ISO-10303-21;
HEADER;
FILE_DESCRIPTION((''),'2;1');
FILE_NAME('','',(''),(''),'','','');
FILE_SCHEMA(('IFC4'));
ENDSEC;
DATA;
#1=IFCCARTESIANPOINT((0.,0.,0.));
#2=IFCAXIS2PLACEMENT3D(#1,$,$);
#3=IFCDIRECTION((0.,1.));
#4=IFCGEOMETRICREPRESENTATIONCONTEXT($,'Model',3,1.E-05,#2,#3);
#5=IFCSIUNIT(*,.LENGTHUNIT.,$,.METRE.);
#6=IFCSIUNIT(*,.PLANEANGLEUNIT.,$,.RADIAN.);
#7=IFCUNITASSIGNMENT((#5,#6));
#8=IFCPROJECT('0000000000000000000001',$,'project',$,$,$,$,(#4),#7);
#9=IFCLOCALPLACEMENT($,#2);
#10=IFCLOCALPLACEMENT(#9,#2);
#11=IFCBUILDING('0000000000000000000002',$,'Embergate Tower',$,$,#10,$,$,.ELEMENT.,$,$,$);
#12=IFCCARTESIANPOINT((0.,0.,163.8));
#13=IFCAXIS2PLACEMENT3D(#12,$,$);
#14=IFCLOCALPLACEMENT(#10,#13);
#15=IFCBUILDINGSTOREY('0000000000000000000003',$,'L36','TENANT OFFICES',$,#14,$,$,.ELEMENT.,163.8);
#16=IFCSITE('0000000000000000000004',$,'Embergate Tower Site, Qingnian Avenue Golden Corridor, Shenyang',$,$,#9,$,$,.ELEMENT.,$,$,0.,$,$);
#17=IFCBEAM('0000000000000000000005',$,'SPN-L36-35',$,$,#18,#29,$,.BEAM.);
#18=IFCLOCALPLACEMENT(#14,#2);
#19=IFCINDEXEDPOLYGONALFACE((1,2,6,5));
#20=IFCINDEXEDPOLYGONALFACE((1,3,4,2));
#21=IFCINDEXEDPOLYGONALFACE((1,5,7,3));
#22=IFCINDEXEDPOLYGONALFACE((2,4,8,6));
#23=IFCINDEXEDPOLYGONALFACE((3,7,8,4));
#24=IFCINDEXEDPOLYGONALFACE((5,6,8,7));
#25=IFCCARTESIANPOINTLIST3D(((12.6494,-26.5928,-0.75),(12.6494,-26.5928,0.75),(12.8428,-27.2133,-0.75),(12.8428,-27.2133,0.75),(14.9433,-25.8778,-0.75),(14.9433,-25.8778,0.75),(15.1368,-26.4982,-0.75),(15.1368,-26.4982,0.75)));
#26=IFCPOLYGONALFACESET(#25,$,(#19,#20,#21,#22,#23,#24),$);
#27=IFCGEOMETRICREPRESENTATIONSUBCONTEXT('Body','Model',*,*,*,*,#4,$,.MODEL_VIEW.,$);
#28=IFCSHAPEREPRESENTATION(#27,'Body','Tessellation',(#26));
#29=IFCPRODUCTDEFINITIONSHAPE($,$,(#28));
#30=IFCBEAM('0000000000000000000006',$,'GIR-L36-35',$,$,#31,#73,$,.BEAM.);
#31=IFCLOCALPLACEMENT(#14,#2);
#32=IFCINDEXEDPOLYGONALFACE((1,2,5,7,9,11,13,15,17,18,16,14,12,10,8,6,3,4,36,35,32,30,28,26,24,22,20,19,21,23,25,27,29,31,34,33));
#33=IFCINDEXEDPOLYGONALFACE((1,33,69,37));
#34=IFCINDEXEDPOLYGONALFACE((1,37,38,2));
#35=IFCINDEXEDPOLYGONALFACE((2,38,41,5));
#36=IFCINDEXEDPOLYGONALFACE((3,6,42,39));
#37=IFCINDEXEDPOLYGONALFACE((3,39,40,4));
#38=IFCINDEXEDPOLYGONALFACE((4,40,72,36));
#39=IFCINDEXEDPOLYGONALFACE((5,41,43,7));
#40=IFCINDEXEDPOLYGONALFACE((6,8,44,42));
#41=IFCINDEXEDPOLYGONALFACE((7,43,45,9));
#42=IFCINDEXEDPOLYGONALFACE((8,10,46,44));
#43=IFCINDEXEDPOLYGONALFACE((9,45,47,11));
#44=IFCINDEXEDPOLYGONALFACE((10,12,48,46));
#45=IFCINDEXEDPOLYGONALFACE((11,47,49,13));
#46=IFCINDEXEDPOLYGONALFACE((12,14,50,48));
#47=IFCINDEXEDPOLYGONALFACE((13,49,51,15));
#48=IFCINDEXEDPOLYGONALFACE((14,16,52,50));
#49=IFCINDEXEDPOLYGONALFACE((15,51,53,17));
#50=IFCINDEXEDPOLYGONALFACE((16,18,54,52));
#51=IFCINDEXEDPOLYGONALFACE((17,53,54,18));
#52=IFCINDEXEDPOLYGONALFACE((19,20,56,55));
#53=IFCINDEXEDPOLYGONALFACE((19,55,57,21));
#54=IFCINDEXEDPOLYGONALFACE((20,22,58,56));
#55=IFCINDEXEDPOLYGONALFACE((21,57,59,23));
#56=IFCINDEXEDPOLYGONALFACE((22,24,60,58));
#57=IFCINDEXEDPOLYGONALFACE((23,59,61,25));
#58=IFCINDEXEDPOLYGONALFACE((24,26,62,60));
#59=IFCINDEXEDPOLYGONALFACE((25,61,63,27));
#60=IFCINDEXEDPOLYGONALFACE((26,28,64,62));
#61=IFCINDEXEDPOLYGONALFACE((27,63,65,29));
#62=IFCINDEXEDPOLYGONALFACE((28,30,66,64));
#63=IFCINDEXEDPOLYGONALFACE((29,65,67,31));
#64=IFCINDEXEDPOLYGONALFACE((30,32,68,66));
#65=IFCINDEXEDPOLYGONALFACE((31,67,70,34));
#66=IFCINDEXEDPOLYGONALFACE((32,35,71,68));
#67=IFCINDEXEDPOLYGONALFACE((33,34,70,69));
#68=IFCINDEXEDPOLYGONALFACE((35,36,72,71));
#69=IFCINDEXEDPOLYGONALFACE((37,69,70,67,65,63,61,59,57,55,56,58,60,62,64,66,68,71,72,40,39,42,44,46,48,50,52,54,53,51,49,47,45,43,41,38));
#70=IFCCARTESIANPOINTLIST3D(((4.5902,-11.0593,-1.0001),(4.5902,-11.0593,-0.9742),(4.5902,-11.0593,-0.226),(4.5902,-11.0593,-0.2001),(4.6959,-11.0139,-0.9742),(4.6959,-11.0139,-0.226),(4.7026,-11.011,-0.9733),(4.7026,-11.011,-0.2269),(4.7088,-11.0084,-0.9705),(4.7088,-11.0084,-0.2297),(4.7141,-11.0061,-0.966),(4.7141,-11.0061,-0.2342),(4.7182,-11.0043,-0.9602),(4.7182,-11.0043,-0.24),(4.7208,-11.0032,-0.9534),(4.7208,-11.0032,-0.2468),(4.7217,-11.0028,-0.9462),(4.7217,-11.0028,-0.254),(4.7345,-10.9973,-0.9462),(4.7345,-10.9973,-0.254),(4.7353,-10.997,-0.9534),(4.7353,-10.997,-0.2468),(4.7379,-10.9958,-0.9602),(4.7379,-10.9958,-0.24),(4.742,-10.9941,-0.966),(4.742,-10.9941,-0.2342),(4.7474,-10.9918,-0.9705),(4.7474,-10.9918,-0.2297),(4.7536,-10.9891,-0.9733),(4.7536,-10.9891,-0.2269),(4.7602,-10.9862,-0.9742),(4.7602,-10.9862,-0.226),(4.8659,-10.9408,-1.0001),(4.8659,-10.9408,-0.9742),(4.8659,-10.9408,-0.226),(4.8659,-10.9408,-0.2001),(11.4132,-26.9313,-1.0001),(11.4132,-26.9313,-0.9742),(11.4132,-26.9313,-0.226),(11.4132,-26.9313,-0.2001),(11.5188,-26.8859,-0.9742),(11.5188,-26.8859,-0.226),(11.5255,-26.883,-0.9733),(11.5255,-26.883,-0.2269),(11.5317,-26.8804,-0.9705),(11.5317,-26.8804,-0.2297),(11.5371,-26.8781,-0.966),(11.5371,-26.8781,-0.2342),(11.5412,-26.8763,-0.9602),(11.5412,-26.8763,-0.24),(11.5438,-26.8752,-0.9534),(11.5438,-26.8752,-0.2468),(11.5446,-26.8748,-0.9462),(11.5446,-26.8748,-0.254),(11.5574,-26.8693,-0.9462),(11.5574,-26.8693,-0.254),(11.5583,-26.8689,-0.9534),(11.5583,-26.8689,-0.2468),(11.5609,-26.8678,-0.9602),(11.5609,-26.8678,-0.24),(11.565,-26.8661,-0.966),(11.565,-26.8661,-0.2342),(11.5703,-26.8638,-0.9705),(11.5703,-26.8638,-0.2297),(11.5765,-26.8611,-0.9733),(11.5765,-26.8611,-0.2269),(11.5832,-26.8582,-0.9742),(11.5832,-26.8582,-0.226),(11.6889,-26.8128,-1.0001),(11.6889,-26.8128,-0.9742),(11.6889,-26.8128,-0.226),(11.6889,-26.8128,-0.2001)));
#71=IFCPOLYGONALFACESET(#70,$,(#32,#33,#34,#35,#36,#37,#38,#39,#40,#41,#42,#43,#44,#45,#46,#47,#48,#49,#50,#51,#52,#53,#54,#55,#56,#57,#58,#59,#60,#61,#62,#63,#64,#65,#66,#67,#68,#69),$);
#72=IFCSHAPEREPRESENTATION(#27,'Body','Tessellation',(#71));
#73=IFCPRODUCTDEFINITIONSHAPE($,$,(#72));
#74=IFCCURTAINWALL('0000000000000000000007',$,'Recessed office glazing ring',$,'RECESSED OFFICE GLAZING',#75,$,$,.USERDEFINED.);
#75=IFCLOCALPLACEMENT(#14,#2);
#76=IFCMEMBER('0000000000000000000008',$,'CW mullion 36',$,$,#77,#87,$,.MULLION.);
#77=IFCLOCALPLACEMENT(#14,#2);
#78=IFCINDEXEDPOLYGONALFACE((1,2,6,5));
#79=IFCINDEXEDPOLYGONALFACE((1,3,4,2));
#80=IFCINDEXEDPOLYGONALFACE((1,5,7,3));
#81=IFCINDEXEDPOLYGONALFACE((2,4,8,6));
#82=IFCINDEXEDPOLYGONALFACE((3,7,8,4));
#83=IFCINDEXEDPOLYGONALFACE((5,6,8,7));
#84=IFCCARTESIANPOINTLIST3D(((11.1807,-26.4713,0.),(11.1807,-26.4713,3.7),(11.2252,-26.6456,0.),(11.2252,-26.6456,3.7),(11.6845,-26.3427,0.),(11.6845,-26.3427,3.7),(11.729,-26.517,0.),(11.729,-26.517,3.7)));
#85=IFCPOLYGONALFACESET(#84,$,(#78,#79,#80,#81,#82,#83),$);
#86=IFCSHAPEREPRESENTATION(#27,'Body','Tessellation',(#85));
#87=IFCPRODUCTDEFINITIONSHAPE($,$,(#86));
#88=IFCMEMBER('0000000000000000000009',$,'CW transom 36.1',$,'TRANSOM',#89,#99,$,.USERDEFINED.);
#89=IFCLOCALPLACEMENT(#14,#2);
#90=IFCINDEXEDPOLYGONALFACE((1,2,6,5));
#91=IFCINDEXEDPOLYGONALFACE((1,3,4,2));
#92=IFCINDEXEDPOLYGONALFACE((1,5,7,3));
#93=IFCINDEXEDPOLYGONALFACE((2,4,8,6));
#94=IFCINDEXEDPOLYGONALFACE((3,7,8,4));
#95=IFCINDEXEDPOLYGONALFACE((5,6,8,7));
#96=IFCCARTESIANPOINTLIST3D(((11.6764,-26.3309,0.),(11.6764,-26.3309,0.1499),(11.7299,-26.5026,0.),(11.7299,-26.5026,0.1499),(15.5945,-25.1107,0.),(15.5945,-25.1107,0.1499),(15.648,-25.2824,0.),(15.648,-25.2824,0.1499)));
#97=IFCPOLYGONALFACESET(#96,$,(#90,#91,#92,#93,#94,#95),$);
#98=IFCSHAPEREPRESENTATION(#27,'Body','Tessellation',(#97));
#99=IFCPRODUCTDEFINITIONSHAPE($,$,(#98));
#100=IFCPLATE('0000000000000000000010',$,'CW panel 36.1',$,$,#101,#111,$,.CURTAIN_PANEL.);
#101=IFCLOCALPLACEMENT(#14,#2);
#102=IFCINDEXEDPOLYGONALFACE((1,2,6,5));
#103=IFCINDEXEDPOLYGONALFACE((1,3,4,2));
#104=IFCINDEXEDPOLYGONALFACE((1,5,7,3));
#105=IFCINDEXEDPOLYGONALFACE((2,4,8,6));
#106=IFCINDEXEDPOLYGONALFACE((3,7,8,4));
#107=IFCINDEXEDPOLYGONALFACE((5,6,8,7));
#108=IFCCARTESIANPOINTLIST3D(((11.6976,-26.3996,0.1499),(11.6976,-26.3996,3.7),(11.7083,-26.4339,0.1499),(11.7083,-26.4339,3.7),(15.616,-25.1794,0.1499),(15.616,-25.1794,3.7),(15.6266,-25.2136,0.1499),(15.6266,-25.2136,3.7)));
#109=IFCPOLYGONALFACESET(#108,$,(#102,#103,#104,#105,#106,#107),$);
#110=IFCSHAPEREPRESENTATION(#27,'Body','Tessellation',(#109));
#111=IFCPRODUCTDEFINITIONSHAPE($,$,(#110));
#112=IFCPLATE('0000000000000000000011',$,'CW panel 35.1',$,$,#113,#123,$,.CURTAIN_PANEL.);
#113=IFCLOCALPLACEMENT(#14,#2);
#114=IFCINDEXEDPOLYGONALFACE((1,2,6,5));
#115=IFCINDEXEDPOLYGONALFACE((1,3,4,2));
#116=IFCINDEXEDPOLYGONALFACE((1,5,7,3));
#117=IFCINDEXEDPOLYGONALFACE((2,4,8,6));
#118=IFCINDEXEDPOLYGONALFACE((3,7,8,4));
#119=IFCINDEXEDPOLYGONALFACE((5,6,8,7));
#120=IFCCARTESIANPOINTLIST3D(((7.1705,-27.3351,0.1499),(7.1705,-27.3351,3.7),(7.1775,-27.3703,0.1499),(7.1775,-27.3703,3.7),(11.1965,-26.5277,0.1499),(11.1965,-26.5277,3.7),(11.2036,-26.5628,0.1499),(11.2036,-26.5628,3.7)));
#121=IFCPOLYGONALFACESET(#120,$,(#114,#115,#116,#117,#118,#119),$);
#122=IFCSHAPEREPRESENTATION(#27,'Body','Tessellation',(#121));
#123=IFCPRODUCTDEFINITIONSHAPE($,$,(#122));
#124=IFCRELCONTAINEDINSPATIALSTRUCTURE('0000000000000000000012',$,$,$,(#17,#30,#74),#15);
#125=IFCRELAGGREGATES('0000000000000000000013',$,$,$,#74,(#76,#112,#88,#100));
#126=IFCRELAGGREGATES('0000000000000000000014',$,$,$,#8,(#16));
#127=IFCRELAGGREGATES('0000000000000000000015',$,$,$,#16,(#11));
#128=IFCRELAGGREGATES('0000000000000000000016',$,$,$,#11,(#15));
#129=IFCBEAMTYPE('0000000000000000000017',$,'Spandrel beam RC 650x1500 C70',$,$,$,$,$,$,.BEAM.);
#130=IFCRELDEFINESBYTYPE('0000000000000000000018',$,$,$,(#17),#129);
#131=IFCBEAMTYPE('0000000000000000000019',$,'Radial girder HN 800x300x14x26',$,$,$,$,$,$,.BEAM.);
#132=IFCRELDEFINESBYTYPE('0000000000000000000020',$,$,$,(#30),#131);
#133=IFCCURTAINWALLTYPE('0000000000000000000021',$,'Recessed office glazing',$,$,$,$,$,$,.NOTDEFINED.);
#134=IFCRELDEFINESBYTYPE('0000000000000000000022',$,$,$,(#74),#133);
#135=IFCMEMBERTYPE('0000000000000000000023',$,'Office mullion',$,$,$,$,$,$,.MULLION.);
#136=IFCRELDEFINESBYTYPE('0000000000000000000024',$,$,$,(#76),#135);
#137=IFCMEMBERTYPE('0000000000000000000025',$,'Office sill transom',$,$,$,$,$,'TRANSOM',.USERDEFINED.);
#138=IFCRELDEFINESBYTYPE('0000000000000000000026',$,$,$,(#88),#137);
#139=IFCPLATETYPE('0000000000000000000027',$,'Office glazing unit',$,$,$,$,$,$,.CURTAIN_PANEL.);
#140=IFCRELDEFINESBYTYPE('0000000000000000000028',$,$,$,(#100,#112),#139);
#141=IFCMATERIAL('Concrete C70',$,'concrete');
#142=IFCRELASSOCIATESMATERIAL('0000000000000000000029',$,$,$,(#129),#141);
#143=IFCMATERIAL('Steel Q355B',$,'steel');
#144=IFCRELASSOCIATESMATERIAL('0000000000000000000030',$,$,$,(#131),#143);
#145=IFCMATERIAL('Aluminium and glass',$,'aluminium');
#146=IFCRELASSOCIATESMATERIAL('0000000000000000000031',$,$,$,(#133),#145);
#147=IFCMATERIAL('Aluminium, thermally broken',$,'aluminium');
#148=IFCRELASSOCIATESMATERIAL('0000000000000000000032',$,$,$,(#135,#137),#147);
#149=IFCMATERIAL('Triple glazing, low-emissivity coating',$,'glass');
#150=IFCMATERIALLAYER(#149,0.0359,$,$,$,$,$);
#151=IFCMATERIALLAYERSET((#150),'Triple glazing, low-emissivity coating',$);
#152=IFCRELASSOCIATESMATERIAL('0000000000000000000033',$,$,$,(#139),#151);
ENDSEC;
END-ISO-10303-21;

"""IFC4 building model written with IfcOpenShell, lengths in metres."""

from ifc_helpers import new_model, si_unit, direction, frame, origin, origin_2d, place, context, subcontext, project, spatial, rectangle, i_section, extrude, source, transform, mapped, material, layer, layer_set, material_profile, profile_set, type_object, element, aggregate, save


model = new_model("IFC4")

# Units and contexts
model_context = context("Model", 3, precision=1e-05, world=origin(), true_north=direction((0.0, 1.0)))
body_context = subcontext(model_context, "Body", "Model", "MODEL_VIEW")
ifc_project = project(units=[si_unit("LENGTHUNIT", "METRE"), si_unit("PLANEANGLEUNIT", "RADIAN")], contexts=[model_context])

# Site, building, storey
site_placement = place(None, origin())
site = spatial("IfcSite", under=ifc_project, at=site_placement, Name="Embergate Tower Site, Qingnian Avenue Golden Corridor, Shenyang", CompositionType="ELEMENT", RefElevation=0.0)
building_placement = place(site_placement, origin())
building = spatial("IfcBuilding", under=site, at=building_placement, Name="Embergate Tower", CompositionType="ELEMENT")
storey_placement = place(building_placement, frame((0.0, 0.0, 163.8)))
storey = spatial("IfcBuildingStorey", under=building, at=storey_placement, Name="L36", Description="TENANT OFFICES", CompositionType="ELEMENT", Elevation=163.8)

# Beams
ifc_material_1 = material(Name="Concrete C70", Category="concrete")
ifc_material_profile_1 = material_profile(ifc_material_1, rectangle(XDim=0.6499, YDim=1.5, at=origin_2d()), Name="RC 650x1500")
ifc_profile_set_1 = profile_set([ifc_material_profile_1], Name="Concrete C70")
beam_type_1 = type_object("IfcBeamType", Name="Spandrel beam RC 650x1500 C70", PredefinedType="BEAM", material=ifc_profile_set_1)
shared_shape_1 = source(origin(), body_context, "Body", "SweptSolid", [
    extrude(rectangle(XDim=0.6499, YDim=1.5, at=origin_2d()), origin(), (0.0, 0.0, 1.0), 2.4028),
])
beam_1_placement = place(storey_placement, frame((12.7461, -26.9031, 0.0), z_axis=(0.954689, 0.297604, 0.0), x_axis=(-0.297604, 0.954689, 0.0)))
element("IfcBeam", 1, at=beam_1_placement, inside=storey, type_object=beam_type_1, Name="SPN-L36-35", PredefinedType="BEAM", context=body_context, shape_type="MappedRepresentation", body=[
    mapped(shared_shape_1, transform((0.0, 0.0, 0.0))),
])
ifc_material_2 = material(Name="Steel Q355B", Category="steel")
ifc_material_profile_2 = material_profile(ifc_material_2, i_section(OverallWidth=0.3, OverallDepth=0.8, WebThickness=0.0139, FlangeThickness=0.0259, FilletRadius=0.0281, at=origin_2d()), Name="HN 800x300x14x26")
ifc_profile_set_2 = profile_set([ifc_material_profile_2], Name="Steel Q355 grade B")
beam_type_2 = type_object("IfcBeamType", Name="Radial girder HN 800x300x14x26", PredefinedType="BEAM", material=ifc_profile_set_2)
shared_shape_2 = source(origin(), body_context, "Body", "SweptSolid", [
    extrude(i_section(OverallWidth=0.3, OverallDepth=0.8, WebThickness=0.0139, FlangeThickness=0.0259, FilletRadius=0.0281, at=origin_2d()), origin(), (0.0, 0.0, 1.0), 17.2764),
])
beam_2_placement = place(storey_placement, frame((11.551, -26.8721, -0.6001), z_axis=(-0.39493, 0.918711, 0.0), x_axis=(-0.918711, -0.39493, 0.0)))
element("IfcBeam", 2, at=beam_2_placement, inside=storey, type_object=beam_type_2, Name="GIR-L36-35", PredefinedType="BEAM", context=body_context, shape_type="MappedRepresentation", body=[
    mapped(shared_shape_2, transform((0.0, 0.0, 0.0))),
])

# Curtain wall, members, plates
ifc_material_3 = material(Name="Aluminium and glass", Category="aluminium")
curtain_wall_type = type_object("IfcCurtainWallType", Name="Recessed office glazing", PredefinedType="NOTDEFINED", material=ifc_material_3)
curtain_wall_placement = place(storey_placement, origin())
curtain_wall = element("IfcCurtainWall", 3, at=curtain_wall_placement, inside=storey, type_object=curtain_wall_type, Name="Recessed office glazing ring", ObjectType="RECESSED OFFICE GLAZING", PredefinedType="USERDEFINED")
ifc_material_4 = material(Name="Aluminium, thermally broken", Category="aluminium")
ifc_material_profile_3 = material_profile(ifc_material_4, rectangle(XDim=0.1799, YDim=0.52, at=origin_2d()), Name="AL 520x180")
ifc_profile_set_3 = profile_set([ifc_material_profile_3], Name="Aluminium, thermally broken")
member_type_1 = type_object("IfcMemberType", Name="Office mullion", PredefinedType="MULLION", material=ifc_profile_set_3)
shared_shape_3 = source(origin(), body_context, "Body", "SweptSolid", [
    extrude(rectangle(XDim=0.1799, YDim=0.52, at=origin_2d()), origin(), (0.0, 0.0, 1.0), 3.7),
])
member_1_placement = place(storey_placement, frame((11.4548, -26.4941, 0.0), z_axis=(0.0, 0.0, 1.0), x_axis=(-0.247312, 0.968936, 0.0)))
member_1 = element("IfcMember", 4, at=member_1_placement, type_object=member_type_1, Name="CW mullion 36", PredefinedType="MULLION", context=body_context, shape_type="MappedRepresentation", body=[
    mapped(shared_shape_3, transform((0.0, 0.0, 0.0))),
])
ifc_material_profile_4 = material_profile(ifc_material_4, rectangle(XDim=0.1799, YDim=0.1499, at=origin_2d()), Name="AL 150x180")
ifc_profile_set_4 = profile_set([ifc_material_profile_4], Name="Aluminium, thermally broken")
member_type_2 = type_object("IfcMemberType", Name="Office sill transom", ElementType="TRANSOM", PredefinedType="USERDEFINED", material=ifc_profile_set_4)
shared_shape_4 = source(origin(), body_context, "Body", "SweptSolid", [
    extrude(rectangle(XDim=0.1799, YDim=0.1499, at=origin_2d()), origin(), (0.0, 0.0, 1.0), 4.1038),
])
member_2_placement = place(storey_placement, frame((11.7031, -26.4167, 0.075), z_axis=(0.954773, 0.297337, 0.0), x_axis=(-0.297337, 0.954773, 0.0)))
member_2 = element("IfcMember", 5, at=member_2_placement, type_object=member_type_2, Name="CW transom 36.1", ObjectType="TRANSOM", PredefinedType="USERDEFINED", context=body_context, shape_type="MappedRepresentation", body=[
    mapped(shared_shape_4, transform((0.0, 0.0, 0.0))),
])
ifc_material_5 = material(Name="Triple glazing, low-emissivity coating", Category="glass")
ifc_layer_1 = layer(ifc_material_5, 0.0359)
ifc_layer_set_1 = layer_set([ifc_layer_1], Name="Triple glazing, low-emissivity coating")
plate_type = type_object("IfcPlateType", Name="Office glazing unit", PredefinedType="CURTAIN_PANEL", material=ifc_layer_set_1)
shared_shape_5 = source(origin(), body_context, "Body", "SweptSolid", [
    extrude(rectangle(XDim=4.104, YDim=0.0359, at=origin_2d()), origin(), (0.0, 0.0, 1.0), 3.55),
])
plate_1_placement = place(storey_placement, frame((13.6621, -25.8066, 0.1499), z_axis=(0.0, 0.0, 1.0), x_axis=(0.954772, 0.297338, 0.0)))
plate_1 = element("IfcPlate", 6, at=plate_1_placement, type_object=plate_type, Name="CW panel 36.1", PredefinedType="CURTAIN_PANEL", context=body_context, shape_type="MappedRepresentation", body=[
    mapped(shared_shape_5, transform((0.0, 0.0, 0.0))),
])
shared_shape_6 = source(origin(), body_context, "Body", "SweptSolid", [
    extrude(rectangle(XDim=4.1062, YDim=0.0359, at=origin_2d()), origin(), (0.0, 0.0, 1.0), 3.55),
])
plate_2_placement = place(storey_placement, frame((9.187, -26.949, 0.1499), z_axis=(0.0, 0.0, 1.0), x_axis=(0.980476, 0.196639, 0.0)))
plate_2 = element("IfcPlate", 7, at=plate_2_placement, type_object=plate_type, Name="CW panel 35.1", PredefinedType="CURTAIN_PANEL", context=body_context, shape_type="MappedRepresentation", body=[
    mapped(shared_shape_6, transform((0.0, 0.0, 0.0))),
])
aggregate(curtain_wall, [member_1, plate_2, member_2, plate_1])

save(model, "model.ifc")
